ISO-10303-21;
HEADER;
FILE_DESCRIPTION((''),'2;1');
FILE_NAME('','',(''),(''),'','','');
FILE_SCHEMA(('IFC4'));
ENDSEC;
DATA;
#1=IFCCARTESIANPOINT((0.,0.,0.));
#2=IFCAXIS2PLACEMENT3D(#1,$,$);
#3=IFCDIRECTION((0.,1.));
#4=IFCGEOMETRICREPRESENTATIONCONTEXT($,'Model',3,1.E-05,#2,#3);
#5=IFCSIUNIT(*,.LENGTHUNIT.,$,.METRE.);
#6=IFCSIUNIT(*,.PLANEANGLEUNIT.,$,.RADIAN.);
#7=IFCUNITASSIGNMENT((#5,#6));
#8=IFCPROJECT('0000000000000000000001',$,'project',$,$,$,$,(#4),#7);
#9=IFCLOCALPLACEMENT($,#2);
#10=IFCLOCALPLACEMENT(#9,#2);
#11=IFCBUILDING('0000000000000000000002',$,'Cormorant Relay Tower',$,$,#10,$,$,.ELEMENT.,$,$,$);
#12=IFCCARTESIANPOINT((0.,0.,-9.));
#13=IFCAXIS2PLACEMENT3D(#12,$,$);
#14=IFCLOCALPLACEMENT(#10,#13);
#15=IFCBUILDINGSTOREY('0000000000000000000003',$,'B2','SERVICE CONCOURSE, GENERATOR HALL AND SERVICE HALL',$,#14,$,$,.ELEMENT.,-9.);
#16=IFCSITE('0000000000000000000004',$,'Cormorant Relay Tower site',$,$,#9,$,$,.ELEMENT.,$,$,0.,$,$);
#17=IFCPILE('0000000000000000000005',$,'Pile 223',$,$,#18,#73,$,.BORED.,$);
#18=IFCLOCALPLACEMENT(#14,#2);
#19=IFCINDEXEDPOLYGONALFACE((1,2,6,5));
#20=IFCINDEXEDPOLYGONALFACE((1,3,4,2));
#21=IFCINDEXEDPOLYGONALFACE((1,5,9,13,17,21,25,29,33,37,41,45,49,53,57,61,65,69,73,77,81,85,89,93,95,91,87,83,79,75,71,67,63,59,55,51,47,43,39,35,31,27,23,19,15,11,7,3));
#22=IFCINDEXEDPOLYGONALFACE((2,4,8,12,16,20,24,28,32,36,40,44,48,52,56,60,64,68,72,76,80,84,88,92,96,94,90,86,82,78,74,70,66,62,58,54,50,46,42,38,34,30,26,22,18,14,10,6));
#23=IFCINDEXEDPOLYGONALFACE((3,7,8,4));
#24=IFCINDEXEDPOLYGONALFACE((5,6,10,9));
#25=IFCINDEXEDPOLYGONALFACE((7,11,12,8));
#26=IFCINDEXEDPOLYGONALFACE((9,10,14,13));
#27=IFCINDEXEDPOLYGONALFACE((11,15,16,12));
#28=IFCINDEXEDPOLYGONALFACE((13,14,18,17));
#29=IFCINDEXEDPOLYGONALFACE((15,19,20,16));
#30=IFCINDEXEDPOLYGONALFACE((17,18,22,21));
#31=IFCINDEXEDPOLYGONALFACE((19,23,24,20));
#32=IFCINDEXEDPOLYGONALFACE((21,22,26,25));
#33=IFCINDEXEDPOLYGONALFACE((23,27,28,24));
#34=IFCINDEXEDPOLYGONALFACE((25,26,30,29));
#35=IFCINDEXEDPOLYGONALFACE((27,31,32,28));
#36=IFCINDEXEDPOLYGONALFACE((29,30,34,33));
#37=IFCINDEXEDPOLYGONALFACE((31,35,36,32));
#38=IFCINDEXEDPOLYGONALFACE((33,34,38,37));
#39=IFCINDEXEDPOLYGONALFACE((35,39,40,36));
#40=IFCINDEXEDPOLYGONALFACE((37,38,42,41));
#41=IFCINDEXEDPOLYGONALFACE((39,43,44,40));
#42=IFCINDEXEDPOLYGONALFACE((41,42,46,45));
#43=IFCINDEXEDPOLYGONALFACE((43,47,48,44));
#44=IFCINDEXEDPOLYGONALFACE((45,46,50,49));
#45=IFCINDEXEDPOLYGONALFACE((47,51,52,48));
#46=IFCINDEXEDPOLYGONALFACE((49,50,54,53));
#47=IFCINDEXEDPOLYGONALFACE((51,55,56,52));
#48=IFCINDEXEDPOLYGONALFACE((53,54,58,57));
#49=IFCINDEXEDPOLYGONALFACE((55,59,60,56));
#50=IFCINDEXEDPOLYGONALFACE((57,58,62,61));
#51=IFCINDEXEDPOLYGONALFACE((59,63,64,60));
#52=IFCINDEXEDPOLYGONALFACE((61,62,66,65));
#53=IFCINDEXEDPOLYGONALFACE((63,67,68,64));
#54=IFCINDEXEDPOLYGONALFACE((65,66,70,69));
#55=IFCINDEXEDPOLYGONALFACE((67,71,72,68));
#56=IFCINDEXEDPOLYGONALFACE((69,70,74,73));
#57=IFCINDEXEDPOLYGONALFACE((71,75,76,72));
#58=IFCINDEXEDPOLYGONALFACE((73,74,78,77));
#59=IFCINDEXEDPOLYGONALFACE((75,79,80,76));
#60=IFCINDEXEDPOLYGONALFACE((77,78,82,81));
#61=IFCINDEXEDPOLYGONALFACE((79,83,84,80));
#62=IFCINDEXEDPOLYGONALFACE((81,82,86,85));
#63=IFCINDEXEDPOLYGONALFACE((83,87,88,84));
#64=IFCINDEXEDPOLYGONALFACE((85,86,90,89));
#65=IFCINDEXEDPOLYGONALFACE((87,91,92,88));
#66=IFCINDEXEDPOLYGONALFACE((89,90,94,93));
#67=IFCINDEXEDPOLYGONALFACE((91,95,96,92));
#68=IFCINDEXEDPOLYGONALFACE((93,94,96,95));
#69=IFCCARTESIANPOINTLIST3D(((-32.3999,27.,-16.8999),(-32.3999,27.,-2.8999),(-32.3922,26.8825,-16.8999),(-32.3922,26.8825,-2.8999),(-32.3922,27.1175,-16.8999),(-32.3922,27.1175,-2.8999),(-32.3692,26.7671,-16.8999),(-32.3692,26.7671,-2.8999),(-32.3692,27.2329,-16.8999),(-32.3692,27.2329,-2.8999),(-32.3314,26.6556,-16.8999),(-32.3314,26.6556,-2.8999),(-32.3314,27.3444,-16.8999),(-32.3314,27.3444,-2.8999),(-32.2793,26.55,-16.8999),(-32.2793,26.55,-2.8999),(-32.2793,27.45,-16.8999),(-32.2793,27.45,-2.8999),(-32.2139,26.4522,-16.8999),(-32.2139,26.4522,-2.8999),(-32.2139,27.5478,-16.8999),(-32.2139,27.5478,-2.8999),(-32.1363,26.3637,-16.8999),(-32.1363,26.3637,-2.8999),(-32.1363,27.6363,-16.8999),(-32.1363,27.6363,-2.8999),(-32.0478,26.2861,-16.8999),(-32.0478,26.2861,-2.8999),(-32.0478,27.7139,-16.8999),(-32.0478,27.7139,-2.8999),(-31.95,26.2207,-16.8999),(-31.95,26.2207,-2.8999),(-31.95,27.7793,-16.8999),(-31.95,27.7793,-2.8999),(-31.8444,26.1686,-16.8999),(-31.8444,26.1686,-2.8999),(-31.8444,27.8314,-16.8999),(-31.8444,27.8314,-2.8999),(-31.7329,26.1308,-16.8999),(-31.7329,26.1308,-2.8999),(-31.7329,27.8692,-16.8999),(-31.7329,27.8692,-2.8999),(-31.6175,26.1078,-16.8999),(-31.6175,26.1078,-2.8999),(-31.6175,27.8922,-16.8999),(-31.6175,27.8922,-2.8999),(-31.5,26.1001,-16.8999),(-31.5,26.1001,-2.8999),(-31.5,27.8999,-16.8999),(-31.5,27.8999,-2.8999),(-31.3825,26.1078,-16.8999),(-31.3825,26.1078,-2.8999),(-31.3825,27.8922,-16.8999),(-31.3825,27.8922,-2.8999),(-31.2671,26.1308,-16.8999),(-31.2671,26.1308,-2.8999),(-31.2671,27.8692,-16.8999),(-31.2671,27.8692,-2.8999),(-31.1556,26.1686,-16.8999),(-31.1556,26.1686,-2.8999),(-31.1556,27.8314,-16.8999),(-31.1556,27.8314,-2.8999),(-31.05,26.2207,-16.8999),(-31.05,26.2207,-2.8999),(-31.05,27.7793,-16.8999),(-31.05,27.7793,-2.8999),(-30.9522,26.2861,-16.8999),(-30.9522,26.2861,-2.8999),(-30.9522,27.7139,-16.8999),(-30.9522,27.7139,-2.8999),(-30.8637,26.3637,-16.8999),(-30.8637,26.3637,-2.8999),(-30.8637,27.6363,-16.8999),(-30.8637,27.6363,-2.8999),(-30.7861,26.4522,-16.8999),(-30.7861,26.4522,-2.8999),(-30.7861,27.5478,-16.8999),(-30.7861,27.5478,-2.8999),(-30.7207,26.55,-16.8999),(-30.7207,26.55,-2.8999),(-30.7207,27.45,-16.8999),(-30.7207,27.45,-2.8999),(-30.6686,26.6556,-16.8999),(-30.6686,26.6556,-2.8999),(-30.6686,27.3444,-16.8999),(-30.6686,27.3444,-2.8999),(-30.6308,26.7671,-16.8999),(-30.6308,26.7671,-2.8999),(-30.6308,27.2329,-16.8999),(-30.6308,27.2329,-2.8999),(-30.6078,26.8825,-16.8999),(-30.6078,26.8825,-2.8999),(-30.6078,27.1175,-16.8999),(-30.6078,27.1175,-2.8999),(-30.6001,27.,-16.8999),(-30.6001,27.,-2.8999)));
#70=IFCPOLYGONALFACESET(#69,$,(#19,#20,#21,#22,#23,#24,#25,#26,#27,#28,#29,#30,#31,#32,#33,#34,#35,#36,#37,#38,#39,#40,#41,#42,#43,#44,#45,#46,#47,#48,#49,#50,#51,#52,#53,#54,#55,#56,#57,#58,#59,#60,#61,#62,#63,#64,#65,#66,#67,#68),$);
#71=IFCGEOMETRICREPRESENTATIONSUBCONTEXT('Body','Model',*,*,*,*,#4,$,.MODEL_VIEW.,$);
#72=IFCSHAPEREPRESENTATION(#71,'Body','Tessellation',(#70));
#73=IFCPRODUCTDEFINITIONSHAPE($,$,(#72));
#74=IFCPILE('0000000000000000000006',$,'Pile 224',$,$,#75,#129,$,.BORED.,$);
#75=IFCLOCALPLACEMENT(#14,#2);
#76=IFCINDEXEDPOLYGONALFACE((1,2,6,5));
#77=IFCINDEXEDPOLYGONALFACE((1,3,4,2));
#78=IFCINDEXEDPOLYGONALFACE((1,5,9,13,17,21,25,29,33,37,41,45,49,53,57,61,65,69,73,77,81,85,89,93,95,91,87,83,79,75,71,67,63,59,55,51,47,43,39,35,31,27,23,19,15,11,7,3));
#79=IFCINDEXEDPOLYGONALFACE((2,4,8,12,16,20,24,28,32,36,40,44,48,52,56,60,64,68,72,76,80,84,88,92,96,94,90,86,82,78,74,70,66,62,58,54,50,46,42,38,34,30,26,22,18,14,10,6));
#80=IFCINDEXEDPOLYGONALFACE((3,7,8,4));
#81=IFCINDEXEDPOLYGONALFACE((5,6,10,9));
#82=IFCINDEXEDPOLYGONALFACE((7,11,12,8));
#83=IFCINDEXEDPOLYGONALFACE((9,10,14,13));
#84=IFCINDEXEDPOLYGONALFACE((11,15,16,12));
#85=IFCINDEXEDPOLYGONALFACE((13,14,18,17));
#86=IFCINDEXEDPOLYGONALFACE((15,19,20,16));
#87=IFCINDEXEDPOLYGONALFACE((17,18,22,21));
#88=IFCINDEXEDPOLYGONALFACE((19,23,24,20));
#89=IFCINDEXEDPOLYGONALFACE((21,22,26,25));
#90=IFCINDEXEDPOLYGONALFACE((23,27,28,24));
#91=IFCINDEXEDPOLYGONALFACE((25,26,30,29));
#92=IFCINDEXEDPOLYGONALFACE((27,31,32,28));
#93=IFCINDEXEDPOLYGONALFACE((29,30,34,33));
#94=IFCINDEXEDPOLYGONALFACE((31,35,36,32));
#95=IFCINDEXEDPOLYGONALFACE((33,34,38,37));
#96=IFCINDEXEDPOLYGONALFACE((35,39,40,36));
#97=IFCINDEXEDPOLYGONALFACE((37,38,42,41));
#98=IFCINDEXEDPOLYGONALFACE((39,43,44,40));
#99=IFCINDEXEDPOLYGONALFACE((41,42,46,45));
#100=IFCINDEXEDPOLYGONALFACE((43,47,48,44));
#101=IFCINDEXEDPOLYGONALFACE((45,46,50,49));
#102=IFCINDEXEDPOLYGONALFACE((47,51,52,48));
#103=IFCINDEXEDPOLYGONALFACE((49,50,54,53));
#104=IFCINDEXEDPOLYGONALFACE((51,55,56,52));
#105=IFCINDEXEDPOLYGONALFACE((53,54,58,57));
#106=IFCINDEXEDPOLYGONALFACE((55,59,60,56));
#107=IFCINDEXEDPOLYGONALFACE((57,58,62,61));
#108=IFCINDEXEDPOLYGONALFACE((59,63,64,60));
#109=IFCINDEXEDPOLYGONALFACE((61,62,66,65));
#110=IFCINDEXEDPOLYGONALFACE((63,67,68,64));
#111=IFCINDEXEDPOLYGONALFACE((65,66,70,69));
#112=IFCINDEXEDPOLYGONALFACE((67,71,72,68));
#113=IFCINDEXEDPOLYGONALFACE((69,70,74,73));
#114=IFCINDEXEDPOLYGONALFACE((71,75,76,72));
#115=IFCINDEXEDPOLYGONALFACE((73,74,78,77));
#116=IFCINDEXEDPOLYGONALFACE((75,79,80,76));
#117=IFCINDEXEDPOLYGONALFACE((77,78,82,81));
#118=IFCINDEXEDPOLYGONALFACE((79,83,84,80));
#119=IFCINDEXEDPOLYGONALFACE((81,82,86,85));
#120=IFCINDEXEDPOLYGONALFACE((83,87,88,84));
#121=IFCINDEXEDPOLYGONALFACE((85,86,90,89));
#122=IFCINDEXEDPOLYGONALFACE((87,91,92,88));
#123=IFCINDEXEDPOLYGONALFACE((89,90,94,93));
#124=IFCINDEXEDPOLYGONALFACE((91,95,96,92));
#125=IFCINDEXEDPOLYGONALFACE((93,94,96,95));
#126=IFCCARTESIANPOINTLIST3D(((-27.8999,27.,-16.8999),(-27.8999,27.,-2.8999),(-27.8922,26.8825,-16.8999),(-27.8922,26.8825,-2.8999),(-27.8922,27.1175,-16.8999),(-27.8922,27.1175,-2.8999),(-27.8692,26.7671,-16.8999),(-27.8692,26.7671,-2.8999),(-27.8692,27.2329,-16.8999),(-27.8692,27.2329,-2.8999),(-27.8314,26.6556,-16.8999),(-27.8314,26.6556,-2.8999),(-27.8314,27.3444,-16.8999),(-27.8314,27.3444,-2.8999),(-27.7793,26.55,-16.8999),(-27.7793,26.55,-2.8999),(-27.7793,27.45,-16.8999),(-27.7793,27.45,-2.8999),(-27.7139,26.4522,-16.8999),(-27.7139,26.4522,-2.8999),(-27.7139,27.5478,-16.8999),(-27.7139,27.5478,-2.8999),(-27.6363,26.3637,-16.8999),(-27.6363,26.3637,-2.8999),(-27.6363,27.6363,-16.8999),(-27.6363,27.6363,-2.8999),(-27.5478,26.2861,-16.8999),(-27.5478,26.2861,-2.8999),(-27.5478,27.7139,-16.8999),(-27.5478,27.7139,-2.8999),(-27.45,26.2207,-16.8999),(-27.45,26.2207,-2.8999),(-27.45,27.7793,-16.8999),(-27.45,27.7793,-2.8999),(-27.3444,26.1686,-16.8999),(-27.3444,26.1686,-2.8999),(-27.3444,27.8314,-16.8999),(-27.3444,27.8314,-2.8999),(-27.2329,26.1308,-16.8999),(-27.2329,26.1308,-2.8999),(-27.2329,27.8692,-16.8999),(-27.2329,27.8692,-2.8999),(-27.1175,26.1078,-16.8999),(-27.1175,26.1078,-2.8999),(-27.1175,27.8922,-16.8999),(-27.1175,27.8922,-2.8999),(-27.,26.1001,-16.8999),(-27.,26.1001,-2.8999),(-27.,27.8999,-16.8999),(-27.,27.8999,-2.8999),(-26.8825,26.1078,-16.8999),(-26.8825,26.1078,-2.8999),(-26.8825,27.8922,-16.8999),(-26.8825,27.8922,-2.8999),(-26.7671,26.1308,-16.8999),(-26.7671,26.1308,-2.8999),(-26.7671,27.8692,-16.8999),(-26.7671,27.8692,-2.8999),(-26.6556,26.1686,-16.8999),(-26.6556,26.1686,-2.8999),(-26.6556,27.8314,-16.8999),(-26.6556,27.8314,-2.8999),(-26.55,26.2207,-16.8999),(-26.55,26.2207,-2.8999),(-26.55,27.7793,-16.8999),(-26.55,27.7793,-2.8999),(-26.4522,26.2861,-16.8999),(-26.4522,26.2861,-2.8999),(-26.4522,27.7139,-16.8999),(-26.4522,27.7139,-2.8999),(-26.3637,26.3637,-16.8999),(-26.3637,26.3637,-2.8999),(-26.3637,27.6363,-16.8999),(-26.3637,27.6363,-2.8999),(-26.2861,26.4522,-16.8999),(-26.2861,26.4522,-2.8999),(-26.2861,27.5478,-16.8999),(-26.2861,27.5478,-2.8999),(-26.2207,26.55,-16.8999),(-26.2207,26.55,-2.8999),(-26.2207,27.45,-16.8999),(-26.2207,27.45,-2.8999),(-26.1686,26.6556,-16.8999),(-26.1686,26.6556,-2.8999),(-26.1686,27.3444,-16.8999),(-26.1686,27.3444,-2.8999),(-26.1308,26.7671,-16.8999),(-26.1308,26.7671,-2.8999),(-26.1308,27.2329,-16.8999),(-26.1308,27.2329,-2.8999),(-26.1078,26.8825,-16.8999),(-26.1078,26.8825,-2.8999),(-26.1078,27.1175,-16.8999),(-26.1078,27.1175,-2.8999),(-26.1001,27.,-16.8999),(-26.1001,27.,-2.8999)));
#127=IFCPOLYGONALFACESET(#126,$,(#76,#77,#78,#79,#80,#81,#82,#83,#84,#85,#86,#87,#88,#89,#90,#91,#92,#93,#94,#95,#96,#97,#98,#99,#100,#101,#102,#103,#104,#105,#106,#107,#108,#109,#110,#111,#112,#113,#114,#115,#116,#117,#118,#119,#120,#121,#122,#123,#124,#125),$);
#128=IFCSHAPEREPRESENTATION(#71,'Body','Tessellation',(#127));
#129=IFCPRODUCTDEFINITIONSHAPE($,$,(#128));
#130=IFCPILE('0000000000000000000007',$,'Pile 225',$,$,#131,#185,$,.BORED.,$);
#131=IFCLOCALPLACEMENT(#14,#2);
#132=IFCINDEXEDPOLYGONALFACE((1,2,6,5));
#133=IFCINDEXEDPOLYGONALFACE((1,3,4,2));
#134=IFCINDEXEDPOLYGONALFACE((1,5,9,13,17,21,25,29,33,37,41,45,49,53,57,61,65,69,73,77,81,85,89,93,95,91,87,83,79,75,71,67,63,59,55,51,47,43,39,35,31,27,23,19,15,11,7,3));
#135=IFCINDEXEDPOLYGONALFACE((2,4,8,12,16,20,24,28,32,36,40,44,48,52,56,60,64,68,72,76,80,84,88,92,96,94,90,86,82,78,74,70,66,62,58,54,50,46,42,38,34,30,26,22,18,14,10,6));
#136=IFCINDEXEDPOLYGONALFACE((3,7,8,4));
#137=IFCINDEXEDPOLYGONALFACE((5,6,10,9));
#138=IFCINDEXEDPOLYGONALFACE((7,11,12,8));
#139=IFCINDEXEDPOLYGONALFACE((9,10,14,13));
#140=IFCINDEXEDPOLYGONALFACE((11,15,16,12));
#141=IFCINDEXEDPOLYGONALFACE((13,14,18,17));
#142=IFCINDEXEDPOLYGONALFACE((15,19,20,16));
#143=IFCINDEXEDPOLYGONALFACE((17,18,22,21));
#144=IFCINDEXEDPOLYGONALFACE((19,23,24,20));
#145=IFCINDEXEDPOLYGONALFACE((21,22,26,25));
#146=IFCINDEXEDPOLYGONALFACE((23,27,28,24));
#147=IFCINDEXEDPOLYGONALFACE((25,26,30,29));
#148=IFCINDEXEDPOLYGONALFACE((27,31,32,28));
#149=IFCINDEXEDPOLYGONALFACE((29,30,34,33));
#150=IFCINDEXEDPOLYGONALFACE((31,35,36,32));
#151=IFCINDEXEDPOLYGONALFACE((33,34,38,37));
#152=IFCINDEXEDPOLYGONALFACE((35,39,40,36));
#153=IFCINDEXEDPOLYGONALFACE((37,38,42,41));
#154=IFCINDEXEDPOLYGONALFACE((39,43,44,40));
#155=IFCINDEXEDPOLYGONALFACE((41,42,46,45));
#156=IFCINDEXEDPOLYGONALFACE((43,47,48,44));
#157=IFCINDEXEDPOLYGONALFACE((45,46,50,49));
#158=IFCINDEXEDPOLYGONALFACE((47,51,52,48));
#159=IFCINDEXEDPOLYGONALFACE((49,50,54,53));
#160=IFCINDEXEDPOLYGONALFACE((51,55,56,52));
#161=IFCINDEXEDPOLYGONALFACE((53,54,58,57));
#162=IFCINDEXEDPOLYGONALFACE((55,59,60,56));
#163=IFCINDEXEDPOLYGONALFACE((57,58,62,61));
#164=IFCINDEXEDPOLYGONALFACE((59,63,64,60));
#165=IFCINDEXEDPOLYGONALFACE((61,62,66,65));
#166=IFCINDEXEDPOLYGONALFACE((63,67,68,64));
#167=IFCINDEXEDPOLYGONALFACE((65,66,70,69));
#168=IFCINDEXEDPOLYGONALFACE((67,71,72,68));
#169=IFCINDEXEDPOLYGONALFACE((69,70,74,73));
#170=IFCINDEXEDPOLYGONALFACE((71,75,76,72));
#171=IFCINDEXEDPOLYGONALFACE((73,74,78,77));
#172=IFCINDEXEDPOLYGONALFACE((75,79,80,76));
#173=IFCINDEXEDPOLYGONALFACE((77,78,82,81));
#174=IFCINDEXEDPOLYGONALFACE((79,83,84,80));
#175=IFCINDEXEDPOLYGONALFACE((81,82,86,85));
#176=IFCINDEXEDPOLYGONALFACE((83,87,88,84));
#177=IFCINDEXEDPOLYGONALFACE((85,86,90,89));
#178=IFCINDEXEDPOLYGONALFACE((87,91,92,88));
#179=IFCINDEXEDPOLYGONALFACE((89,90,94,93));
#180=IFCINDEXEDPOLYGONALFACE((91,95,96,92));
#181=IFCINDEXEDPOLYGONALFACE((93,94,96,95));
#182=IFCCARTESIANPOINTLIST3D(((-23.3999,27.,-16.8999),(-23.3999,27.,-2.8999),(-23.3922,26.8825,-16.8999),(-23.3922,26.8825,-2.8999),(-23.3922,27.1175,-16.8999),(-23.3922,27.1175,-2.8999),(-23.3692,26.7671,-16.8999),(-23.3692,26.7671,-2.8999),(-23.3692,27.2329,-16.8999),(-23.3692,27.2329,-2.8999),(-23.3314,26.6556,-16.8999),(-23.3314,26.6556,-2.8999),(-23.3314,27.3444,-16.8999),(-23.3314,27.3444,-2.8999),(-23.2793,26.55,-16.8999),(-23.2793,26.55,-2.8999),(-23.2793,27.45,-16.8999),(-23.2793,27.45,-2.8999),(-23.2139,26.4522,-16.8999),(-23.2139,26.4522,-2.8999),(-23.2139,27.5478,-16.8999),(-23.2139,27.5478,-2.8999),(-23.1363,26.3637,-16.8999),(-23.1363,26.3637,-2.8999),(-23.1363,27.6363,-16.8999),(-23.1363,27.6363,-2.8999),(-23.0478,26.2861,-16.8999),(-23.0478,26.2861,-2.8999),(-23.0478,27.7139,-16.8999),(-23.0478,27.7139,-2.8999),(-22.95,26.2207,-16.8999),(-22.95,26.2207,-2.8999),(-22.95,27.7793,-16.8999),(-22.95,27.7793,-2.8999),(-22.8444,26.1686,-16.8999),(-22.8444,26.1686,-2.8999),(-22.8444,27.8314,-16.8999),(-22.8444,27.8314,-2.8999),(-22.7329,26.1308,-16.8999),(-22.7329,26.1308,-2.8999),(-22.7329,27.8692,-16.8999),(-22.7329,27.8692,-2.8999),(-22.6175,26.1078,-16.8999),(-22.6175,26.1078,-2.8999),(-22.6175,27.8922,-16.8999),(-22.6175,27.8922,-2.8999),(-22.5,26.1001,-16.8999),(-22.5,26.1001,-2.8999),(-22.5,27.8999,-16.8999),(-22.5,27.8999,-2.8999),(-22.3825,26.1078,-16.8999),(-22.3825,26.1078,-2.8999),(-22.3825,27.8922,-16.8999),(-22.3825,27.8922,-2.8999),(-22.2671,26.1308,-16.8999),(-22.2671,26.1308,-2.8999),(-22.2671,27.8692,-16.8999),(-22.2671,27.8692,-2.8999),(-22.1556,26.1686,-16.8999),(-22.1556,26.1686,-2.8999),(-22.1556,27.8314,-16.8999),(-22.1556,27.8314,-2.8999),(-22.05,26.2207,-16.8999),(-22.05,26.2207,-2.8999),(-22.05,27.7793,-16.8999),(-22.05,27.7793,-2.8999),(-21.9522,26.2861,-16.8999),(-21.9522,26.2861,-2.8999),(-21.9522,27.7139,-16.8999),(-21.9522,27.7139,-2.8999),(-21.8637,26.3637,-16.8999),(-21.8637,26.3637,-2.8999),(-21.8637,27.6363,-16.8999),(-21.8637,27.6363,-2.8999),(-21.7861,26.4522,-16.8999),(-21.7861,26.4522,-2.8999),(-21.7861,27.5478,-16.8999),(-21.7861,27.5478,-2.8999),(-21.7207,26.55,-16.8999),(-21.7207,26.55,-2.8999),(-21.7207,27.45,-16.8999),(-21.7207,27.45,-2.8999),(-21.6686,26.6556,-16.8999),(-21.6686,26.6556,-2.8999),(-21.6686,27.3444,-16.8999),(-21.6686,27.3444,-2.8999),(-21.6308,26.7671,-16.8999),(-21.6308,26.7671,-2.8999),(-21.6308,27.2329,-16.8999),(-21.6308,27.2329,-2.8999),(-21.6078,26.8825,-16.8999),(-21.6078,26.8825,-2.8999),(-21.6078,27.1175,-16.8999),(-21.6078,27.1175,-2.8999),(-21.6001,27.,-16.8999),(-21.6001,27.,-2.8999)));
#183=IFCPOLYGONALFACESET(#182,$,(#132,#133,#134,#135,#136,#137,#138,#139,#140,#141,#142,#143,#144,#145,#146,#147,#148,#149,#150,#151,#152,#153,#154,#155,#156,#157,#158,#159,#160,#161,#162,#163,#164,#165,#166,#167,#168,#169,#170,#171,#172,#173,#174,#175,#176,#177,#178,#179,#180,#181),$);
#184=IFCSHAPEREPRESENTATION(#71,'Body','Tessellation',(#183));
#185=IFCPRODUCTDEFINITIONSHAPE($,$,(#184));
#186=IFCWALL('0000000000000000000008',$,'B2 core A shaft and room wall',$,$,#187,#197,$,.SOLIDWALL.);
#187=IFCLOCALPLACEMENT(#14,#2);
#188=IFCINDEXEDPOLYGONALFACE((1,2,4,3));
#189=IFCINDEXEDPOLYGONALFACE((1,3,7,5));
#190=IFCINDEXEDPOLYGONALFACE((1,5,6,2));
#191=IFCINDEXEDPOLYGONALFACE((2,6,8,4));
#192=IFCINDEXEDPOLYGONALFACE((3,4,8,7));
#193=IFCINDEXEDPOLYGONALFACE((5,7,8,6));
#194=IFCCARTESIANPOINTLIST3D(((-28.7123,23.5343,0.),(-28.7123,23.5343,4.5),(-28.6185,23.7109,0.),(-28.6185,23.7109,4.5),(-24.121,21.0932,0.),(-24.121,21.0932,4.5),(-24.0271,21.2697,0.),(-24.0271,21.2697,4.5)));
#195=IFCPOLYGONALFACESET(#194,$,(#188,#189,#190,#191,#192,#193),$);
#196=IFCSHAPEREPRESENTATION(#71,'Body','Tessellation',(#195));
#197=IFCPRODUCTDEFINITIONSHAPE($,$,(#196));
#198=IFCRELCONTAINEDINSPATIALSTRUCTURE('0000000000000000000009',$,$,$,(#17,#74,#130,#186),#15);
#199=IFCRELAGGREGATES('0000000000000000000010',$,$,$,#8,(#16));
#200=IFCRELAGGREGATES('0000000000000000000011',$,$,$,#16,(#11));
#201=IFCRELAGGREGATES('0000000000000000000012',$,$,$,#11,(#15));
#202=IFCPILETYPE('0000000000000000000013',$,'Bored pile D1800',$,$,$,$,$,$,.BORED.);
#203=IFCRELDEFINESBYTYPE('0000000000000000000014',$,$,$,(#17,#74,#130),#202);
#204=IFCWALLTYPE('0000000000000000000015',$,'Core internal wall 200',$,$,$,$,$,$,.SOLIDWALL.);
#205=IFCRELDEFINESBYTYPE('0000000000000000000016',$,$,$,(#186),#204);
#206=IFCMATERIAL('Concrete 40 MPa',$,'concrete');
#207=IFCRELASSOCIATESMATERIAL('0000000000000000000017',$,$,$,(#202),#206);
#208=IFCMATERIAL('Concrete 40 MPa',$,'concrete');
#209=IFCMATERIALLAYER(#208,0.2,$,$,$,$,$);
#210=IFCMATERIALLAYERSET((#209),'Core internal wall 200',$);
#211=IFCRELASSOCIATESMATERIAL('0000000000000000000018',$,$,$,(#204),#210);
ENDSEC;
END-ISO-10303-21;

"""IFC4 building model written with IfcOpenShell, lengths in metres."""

from ifc_helpers import new_model, si_unit, direction, frame, frame_2d, origin, origin_2d, place, context, subcontext, project, spatial, rectangle, circle, extrude, material, layer, layer_set, material_profile, profile_set, type_object, element, save


model = new_model("IFC4")

# Units and contexts
model_context = context("Model", 3, precision=1e-05, world=origin(), true_north=direction((0.0, 1.0)))
body_context = subcontext(model_context, "Body", "Model", "MODEL_VIEW")
ifc_project = project(units=[si_unit("LENGTHUNIT", "METRE"), si_unit("PLANEANGLEUNIT", "RADIAN")], contexts=[model_context])

# Site, building, storey
site_placement = place(None, origin())
site = spatial("IfcSite", under=ifc_project, at=site_placement, Name="Cormorant Relay Tower site", CompositionType="ELEMENT", RefElevation=0.0)
building_placement = place(site_placement, origin())
building = spatial("IfcBuilding", under=site, at=building_placement, Name="Cormorant Relay Tower", CompositionType="ELEMENT")
storey_placement = place(building_placement, frame((0.0, 0.0, -9.0)))
storey = spatial("IfcBuildingStorey", under=building, at=storey_placement, Name="B2", Description="SERVICE CONCOURSE, GENERATOR HALL AND SERVICE HALL", CompositionType="ELEMENT", Elevation=-9.0)

# Piles
ifc_material_1 = material(Name="Concrete 40 MPa", Category="concrete")
ifc_material_profile = material_profile(ifc_material_1, circle(Radius=0.8999, at=origin_2d()), Name="BP1800")
ifc_profile_set = profile_set([ifc_material_profile], Name="Concrete 40 MPa")
pile_type = type_object("IfcPileType", Name="Bored pile D1800", PredefinedType="BORED", material=ifc_profile_set)
for number, where, z_axis, x_axis, name in (
    (1, (-31.5, 27.0, -2.8999), (0.0, 0.0, -1.0), (1.0, 0.0, 0.0), "Pile 223"),
    (2, (-27.0, 27.0, -2.8999), (0.0, 0.0, -1.0), (1.0, 0.0, 0.0), "Pile 224"),
    (3, (-22.5, 27.0, -2.8999), (0.0, 0.0, -1.0), (1.0, 0.0, 0.0), "Pile 225"),
):
    element("IfcPile", number, at=place(storey_placement, frame(where, z_axis=z_axis, x_axis=x_axis)), inside=storey, type_object=pile_type, Name=name, PredefinedType="BORED", context=body_context, shape_type="SweptSolid", body=[
        extrude(circle(Radius=0.8999, at=origin_2d()), origin(), (0.0, 0.0, 1.0), 14.0),
    ])

# Wall
ifc_material_2 = material(Name="Concrete 40 MPa", Category="concrete")
ifc_layer_1 = layer(ifc_material_2, 0.2)
ifc_layer_set_1 = layer_set([ifc_layer_1], Name="Core internal wall 200")
wall_type_1 = type_object("IfcWallType", Name="Core internal wall 200", PredefinedType="SOLIDWALL", material=ifc_layer_set_1)
wall_1_placement = place(storey_placement, frame((-24.074, 21.1814, 0.0), z_axis=(0.0, 0.0, 1.0), x_axis=(-0.882954, 0.46946, 0.0)))
element("IfcWall", 4, at=wall_1_placement, inside=storey, type_object=wall_type_1, Name="B2 core A shaft and room wall", PredefinedType="SOLIDWALL", context=body_context, shape_type="SweptSolid", body=[
    extrude(rectangle(XDim=5.2, YDim=0.2, at=frame_2d((2.6001, 0.0))), origin(), (0.0, 0.0, 1.0), 4.5),
])

save(model, "model.ifc")
